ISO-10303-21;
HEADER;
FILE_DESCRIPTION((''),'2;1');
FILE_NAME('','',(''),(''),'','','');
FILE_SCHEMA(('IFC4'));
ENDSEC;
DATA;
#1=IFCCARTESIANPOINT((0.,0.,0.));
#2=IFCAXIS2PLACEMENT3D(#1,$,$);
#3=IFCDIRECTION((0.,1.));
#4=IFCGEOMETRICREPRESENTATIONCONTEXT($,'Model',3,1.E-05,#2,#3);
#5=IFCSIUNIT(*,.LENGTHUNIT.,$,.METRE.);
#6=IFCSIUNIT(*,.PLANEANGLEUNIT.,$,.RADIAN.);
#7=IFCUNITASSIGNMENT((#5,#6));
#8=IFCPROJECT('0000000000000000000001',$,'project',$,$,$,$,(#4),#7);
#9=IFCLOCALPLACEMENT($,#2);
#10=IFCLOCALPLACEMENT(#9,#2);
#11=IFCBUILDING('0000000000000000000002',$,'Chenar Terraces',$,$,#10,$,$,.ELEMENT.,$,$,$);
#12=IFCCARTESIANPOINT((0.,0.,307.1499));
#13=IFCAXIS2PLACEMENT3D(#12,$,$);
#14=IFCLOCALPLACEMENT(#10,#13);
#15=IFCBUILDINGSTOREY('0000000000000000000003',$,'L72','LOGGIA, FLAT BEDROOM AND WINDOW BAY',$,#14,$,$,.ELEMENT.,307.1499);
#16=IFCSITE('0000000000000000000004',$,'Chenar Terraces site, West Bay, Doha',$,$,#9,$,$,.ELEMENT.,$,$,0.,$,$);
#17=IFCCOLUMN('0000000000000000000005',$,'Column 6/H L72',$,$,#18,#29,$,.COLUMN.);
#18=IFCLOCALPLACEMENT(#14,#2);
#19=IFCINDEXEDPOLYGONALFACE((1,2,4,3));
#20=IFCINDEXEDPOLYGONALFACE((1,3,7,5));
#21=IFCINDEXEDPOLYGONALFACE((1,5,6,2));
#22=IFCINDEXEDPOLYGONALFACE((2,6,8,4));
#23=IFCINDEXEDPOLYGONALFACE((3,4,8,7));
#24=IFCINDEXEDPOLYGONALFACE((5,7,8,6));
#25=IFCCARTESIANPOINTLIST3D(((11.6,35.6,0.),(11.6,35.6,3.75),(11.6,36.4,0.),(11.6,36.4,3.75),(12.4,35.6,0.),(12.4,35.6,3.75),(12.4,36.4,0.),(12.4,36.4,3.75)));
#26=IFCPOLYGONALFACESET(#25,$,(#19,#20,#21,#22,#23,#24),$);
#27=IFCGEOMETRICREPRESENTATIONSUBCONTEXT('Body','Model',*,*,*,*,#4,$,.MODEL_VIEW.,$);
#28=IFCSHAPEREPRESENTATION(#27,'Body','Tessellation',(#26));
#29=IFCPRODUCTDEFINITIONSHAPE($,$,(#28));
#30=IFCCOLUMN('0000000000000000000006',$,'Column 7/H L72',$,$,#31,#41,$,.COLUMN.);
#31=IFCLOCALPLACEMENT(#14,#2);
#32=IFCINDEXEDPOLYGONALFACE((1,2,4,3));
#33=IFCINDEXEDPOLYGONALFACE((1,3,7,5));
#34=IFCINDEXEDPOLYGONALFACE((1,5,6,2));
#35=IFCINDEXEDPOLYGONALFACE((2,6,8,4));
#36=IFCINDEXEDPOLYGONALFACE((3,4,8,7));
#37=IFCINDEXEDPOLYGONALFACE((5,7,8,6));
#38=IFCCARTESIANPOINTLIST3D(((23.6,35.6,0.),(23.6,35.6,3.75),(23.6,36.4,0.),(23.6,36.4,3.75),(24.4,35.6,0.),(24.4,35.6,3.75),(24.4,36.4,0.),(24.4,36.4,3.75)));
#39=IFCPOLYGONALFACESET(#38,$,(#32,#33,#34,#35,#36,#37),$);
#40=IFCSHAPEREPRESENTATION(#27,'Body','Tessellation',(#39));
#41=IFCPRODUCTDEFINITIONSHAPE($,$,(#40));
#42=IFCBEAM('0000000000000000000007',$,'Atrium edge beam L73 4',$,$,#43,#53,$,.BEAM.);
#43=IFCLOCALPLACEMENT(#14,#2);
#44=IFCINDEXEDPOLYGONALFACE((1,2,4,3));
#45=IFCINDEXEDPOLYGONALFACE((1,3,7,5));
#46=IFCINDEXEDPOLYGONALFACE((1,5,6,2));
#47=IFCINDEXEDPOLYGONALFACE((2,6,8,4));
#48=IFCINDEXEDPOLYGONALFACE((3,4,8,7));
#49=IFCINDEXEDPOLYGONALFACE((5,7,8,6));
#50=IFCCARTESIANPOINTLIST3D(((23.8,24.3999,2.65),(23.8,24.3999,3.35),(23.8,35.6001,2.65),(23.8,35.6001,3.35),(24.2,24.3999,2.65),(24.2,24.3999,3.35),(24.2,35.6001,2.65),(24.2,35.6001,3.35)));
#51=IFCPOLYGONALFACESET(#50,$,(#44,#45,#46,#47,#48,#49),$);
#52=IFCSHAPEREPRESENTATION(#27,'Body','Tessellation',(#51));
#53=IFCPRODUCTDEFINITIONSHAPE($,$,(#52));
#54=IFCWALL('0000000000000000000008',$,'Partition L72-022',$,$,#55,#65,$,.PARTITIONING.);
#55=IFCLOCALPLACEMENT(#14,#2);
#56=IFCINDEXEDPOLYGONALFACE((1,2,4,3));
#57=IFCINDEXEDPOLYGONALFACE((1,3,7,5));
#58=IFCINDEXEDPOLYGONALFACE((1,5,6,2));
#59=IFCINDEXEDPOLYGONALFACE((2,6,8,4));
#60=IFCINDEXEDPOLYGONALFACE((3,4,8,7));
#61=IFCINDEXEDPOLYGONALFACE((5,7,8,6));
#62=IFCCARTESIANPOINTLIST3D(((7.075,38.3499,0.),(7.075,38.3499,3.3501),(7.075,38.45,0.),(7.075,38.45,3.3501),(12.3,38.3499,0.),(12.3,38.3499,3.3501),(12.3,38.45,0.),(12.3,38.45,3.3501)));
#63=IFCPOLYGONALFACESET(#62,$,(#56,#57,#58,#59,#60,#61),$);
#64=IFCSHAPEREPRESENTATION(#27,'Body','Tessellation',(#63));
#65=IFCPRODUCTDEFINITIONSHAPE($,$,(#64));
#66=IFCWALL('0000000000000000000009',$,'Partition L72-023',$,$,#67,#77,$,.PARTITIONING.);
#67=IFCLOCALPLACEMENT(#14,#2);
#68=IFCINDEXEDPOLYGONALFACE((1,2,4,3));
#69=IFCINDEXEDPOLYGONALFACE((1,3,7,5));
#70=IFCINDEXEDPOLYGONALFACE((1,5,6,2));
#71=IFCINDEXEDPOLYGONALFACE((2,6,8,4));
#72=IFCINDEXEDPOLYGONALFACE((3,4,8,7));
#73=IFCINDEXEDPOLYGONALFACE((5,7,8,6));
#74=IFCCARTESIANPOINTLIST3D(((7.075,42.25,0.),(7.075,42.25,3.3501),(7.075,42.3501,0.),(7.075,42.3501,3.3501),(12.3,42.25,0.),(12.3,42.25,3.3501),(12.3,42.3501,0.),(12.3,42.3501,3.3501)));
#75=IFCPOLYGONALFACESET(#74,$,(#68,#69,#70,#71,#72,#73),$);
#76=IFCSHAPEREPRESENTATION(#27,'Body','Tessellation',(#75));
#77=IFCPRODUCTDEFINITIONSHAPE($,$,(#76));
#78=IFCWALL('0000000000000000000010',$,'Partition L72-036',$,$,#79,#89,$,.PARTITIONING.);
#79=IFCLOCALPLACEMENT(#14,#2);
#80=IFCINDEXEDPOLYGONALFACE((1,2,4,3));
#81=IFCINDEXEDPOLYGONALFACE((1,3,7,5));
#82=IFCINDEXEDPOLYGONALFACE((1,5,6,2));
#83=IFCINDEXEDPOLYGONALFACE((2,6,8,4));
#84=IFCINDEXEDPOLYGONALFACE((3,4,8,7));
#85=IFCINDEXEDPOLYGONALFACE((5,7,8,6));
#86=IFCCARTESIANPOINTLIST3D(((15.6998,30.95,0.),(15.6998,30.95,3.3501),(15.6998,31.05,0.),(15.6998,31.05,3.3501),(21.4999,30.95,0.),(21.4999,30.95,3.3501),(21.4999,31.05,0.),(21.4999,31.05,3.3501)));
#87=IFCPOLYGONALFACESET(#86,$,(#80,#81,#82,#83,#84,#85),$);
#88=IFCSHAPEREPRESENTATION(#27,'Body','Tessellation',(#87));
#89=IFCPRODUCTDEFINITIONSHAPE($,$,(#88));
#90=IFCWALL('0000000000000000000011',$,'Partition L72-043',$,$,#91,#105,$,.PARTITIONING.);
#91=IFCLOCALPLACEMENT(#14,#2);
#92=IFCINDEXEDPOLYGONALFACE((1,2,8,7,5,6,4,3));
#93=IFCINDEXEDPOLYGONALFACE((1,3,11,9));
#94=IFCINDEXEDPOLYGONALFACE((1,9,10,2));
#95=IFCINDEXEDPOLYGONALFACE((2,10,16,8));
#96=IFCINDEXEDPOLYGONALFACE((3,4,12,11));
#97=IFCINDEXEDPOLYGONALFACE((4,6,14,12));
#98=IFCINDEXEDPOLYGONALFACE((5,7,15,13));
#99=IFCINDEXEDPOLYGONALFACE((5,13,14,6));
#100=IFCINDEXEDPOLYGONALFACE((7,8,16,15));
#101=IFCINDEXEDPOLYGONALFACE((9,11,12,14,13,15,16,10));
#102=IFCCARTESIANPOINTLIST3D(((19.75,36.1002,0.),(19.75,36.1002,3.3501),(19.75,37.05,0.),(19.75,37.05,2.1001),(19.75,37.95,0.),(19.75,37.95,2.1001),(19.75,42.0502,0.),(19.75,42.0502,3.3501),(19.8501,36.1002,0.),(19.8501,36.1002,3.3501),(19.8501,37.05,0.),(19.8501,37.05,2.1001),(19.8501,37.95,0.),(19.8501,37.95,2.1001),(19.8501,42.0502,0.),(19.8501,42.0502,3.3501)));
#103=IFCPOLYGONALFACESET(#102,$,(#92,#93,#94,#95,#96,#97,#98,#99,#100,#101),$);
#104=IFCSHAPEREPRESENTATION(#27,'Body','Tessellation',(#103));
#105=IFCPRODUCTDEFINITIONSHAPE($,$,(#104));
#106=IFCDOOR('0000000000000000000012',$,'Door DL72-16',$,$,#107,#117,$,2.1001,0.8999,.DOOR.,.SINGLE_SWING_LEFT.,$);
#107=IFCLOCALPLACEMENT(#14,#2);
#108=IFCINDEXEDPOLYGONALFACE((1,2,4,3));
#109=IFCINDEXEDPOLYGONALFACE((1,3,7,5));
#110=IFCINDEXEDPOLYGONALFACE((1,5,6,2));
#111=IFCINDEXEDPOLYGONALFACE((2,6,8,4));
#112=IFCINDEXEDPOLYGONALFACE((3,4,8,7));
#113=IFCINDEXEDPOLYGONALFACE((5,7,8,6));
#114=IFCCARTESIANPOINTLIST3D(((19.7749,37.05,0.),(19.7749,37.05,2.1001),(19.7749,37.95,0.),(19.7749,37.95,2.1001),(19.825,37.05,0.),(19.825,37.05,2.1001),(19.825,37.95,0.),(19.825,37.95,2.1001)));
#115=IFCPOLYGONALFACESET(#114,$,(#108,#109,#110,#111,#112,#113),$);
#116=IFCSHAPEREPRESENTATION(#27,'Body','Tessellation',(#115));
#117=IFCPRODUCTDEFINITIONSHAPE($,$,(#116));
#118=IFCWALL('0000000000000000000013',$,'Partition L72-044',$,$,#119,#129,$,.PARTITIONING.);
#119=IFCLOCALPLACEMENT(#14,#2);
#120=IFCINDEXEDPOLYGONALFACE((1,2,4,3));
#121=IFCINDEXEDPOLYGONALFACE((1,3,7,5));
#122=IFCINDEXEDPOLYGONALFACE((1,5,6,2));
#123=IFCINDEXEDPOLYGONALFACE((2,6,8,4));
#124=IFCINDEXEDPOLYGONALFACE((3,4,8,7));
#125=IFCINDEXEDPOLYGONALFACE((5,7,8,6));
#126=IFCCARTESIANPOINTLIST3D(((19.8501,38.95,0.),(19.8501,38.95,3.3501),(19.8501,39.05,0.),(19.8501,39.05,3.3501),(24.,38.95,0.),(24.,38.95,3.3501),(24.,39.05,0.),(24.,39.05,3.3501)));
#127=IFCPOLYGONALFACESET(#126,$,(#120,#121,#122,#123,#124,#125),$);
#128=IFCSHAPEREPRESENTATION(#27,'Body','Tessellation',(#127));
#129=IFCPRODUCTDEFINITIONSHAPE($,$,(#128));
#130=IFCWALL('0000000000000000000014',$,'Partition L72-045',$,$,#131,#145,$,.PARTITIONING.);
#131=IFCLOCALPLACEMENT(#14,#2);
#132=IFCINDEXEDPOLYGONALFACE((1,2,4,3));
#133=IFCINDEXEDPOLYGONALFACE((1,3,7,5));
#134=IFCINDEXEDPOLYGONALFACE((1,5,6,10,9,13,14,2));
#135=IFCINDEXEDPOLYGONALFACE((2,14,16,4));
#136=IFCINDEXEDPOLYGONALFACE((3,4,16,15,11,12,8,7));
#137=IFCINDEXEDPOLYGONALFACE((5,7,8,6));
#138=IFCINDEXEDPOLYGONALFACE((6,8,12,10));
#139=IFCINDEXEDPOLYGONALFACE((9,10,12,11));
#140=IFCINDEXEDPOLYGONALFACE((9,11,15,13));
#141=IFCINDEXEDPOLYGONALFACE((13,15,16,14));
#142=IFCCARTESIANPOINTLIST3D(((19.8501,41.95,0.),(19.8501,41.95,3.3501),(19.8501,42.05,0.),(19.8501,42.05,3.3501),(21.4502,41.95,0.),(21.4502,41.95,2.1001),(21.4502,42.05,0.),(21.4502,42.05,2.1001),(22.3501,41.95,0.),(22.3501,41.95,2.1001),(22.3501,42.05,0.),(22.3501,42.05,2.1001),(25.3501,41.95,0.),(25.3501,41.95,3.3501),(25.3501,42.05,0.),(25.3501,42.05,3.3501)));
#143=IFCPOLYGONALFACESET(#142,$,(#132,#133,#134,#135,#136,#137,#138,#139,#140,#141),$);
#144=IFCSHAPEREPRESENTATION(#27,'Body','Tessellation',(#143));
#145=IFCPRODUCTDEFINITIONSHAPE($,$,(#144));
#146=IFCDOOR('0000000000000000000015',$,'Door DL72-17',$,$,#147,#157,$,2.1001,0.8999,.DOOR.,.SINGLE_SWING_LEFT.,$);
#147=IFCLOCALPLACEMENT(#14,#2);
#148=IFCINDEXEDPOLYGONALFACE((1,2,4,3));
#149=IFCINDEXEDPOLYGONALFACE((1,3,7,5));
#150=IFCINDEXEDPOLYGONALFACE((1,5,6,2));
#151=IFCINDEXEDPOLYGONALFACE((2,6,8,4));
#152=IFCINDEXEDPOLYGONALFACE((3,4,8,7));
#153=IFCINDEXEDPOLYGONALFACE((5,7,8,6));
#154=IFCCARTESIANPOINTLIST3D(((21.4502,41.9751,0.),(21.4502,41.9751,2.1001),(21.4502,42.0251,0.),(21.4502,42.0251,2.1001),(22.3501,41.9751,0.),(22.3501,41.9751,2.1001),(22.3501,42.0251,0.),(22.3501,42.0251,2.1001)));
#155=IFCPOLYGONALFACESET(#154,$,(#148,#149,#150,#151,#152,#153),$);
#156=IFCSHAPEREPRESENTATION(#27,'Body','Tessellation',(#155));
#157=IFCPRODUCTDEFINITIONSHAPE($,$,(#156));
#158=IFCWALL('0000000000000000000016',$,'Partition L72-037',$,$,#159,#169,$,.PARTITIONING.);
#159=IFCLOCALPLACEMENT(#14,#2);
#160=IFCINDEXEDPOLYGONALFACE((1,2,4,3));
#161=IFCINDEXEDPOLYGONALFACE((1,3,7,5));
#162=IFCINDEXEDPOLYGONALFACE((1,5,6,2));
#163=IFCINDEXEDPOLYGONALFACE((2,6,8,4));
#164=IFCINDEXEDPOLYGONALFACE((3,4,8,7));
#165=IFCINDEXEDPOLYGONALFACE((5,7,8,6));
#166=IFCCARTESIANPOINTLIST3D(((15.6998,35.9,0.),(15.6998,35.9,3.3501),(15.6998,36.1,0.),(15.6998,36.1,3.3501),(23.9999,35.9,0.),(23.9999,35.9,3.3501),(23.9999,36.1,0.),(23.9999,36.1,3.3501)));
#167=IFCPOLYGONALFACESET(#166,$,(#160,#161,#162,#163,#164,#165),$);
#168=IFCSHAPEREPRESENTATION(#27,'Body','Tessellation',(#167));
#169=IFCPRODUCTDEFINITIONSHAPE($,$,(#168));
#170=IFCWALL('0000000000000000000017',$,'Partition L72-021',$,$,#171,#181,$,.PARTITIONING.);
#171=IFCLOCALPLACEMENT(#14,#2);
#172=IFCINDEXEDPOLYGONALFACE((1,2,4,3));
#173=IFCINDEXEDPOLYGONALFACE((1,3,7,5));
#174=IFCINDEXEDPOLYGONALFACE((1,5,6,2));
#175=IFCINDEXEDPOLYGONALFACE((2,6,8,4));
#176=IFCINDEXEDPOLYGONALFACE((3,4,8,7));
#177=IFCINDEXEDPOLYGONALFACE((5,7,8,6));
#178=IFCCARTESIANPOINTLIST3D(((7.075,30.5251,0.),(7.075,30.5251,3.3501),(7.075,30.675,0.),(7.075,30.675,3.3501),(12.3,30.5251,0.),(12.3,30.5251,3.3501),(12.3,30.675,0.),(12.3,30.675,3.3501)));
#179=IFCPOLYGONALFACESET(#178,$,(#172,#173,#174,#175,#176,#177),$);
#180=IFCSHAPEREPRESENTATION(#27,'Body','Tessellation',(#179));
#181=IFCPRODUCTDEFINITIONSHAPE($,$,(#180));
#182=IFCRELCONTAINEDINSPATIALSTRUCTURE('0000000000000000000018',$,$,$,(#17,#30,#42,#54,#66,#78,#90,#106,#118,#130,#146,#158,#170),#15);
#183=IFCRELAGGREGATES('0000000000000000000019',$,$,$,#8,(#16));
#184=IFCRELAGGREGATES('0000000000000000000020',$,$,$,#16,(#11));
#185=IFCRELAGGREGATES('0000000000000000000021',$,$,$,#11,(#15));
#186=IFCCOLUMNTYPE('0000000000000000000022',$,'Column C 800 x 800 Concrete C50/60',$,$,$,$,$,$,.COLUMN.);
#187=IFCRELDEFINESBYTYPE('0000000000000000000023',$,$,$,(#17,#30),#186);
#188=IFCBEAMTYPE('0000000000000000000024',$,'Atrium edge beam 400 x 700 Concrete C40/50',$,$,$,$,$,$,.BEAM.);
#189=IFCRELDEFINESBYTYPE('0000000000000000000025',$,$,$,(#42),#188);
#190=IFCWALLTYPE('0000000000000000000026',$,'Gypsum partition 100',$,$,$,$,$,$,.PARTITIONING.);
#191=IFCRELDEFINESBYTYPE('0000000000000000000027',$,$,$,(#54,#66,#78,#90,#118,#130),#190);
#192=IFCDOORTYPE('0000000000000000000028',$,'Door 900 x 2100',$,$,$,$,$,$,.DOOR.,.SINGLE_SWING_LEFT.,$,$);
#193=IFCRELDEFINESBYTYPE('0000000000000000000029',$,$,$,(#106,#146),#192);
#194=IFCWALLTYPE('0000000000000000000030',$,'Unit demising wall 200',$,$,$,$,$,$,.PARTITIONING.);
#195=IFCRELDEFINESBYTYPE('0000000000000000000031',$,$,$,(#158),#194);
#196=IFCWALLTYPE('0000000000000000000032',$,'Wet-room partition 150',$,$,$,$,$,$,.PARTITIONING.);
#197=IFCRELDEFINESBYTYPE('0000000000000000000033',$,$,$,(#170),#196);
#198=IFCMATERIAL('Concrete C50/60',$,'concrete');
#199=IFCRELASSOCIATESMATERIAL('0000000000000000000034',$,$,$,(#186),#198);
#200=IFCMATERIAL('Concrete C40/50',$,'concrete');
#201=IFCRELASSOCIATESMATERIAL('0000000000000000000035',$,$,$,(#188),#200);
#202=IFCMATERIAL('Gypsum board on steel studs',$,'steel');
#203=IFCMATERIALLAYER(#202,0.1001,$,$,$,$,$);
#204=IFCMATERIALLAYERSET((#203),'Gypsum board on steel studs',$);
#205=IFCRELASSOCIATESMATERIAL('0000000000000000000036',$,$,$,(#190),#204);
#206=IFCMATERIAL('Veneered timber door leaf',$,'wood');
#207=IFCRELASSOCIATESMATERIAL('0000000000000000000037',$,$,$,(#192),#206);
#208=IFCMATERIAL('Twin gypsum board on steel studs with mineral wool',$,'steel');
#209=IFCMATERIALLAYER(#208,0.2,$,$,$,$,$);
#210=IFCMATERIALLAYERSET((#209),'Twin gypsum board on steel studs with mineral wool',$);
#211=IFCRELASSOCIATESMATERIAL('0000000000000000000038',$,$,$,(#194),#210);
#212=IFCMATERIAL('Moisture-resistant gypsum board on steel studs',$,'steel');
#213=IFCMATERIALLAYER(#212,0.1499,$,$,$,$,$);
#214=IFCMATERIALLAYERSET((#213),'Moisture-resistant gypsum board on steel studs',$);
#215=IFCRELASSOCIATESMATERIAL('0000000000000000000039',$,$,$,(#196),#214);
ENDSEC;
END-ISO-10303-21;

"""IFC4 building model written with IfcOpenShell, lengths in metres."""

from ifc_helpers import new_model, si_unit, direction, frame, frame_2d, origin, origin_2d, place, context, subcontext, project, spatial, rectangle, extrude, material, layer, layer_set, material_profile, profile_set, type_object, element, fill, save


model = new_model("IFC4")

# Units and contexts
model_context = context("Model", 3, precision=1e-05, world=origin(), true_north=direction((0.0, 1.0)))
body_context = subcontext(model_context, "Body", "Model", "MODEL_VIEW")
ifc_project = project(units=[si_unit("LENGTHUNIT", "METRE"), si_unit("PLANEANGLEUNIT", "RADIAN")], contexts=[model_context])

# Site, building, storey
site_placement = place(None, origin())
site = spatial("IfcSite", under=ifc_project, at=site_placement, Name="Chenar Terraces site, West Bay, Doha", CompositionType="ELEMENT", RefElevation=0.0)
building_placement = place(site_placement, origin())
building = spatial("IfcBuilding", under=site, at=building_placement, Name="Chenar Terraces", CompositionType="ELEMENT")
storey_placement = place(building_placement, frame((0.0, 0.0, 307.1499)))
storey = spatial("IfcBuildingStorey", under=building, at=storey_placement, Name="L72", Description="LOGGIA, FLAT BEDROOM AND WINDOW BAY", CompositionType="ELEMENT", Elevation=307.1499)

# Columns
ifc_material_1 = material(Name="Concrete C50/60", Category="concrete")
ifc_material_profile_1 = material_profile(ifc_material_1, rectangle(XDim=0.8, YDim=0.8, at=origin_2d()), Name="C 800 x 800")
ifc_profile_set_1 = profile_set([ifc_material_profile_1], Name="Concrete C50/60")
column_type = type_object("IfcColumnType", Name="Column C 800 x 800 Concrete C50/60", PredefinedType="COLUMN", material=ifc_profile_set_1)
for number, where, z_axis, x_axis, name in (
    (1, (12.0, 36.0, 0.0), (0.0, 0.0, 1.0), (1.0, 0.0, 0.0), "Column 6/H L72"),
    (2, (24.0, 36.0, 0.0), (0.0, 0.0, 1.0), (1.0, 0.0, 0.0), "Column 7/H L72"),
):
    element("IfcColumn", number, at=place(storey_placement, frame(where, z_axis=z_axis, x_axis=x_axis)), inside=storey, type_object=column_type, Name=name, PredefinedType="COLUMN", context=body_context, shape_type="SweptSolid", body=[
        extrude(rectangle(XDim=0.8, YDim=0.8, at=origin_2d()), origin(), (0.0, 0.0, 1.0), 3.75),
    ])

# Beam
ifc_material_2 = material(Name="Concrete C40/50", Category="concrete")
ifc_material_profile_2 = material_profile(ifc_material_2, rectangle(XDim=0.3999, YDim=0.7, at=origin_2d()), Name="RC 400 x 700")
ifc_profile_set_2 = profile_set([ifc_material_profile_2], Name="Concrete C40/50")
beam_type = type_object("IfcBeamType", Name="Atrium edge beam 400 x 700 Concrete C40/50", PredefinedType="BEAM", material=ifc_profile_set_2)
beam_placement = place(storey_placement, frame((24.0, 35.6001, 3.0), z_axis=(0.0, -1.0, 0.0), x_axis=(1.0, 0.0, 0.0)))
element("IfcBeam", 3, at=beam_placement, inside=storey, type_object=beam_type, Name="Atrium edge beam L73 4", PredefinedType="BEAM", context=body_context, shape_type="SweptSolid", body=[
    extrude(rectangle(XDim=0.3999, YDim=0.7, at=origin_2d()), origin(), (0.0, 0.0, 1.0), 11.2002),
])

# Walls
ifc_material_3 = material(Name="Gypsum board on steel studs", Category="steel")
ifc_layer_1 = layer(ifc_material_3, 0.1001)
ifc_layer_set_1 = layer_set([ifc_layer_1], Name="Gypsum board on steel studs")
wall_type_1 = type_object("IfcWallType", Name="Gypsum partition 100", PredefinedType="PARTITIONING", material=ifc_layer_set_1)
for number, where, z_axis, x_axis, name in (
    (4, (7.075, 38.3999, 0.0), (0.0, 0.0, 1.0), (1.0, 0.0, 0.0), "Partition L72-022"),
    (5, (7.075, 42.3, 0.0), (0.0, 0.0, 1.0), (1.0, 0.0, 0.0), "Partition L72-023"),
):
    element("IfcWall", number, at=place(storey_placement, frame(where, z_axis=z_axis, x_axis=x_axis)), inside=storey, type_object=wall_type_1, Name=name, PredefinedType="PARTITIONING", context=body_context, shape_type="SweptSolid", body=[
        extrude(rectangle(XDim=5.2251, YDim=0.1001, at=frame_2d((2.6125, 0.0))), origin(), (0.0, 0.0, 1.0), 3.3501),
    ])
wall_1_placement = place(storey_placement, frame((15.7, 31.0, 0.0), z_axis=(0.0, 0.0, 1.0), x_axis=(1.0, 0.0, 0.0)))
element("IfcWall", 6, at=wall_1_placement, inside=storey, type_object=wall_type_1, Name="Partition L72-036", PredefinedType="PARTITIONING", context=body_context, shape_type="SweptSolid", body=[
    extrude(rectangle(XDim=5.8, YDim=0.1001, at=frame_2d((2.8999, 0.0))), origin(), (0.0, 0.0, 1.0), 3.3501),
])

# Wall, opening, door
wall_2_placement = place(storey_placement, frame((19.8, 36.1001, 0.0), z_axis=(0.0, 0.0, 1.0), x_axis=(0.0, 1.0, 0.0)))
wall_2 = element("IfcWall", 7, at=wall_2_placement, inside=storey, type_object=wall_type_1, Name="Partition L72-043", PredefinedType="PARTITIONING", context=body_context, shape_type="SweptSolid", body=[
    extrude(rectangle(XDim=5.95, YDim=0.1001, at=frame_2d((2.9751, 0.0))), origin(), (0.0, 0.0, 1.0), 3.3501),
])
opening_1_placement = place(wall_2_placement, frame((0.95, 0.0, 0.0)))
opening_1 = element("IfcOpeningElement", 8, at=opening_1_placement, cuts=wall_2, PredefinedType="OPENING", context=body_context, shape_type="SweptSolid", body=[
    extrude(rectangle(XDim=0.8999, YDim=2.1001, at=frame_2d((0.45, 1.05))), frame((0.0, 0.0601, 0.0), z_axis=(0.0, -1.0, 0.0), x_axis=(1.0, 0.0, 0.0)), (0.0, 0.0, 1.0), 0.1201),
])
ifc_material_4 = material(Name="Veneered timber door leaf", Category="wood")
door_type_1 = type_object("IfcDoorType", Name="Door 900 x 2100", OperationType="SINGLE_SWING_LEFT", PredefinedType="DOOR", material=ifc_material_4)
door_1_placement = place(opening_1_placement, frame((0.8999, 0.0, 0.0), z_axis=(0.0, 0.0, 1.0), x_axis=(-1.0, 0.0, 0.0)))
door_1 = element("IfcDoor", 9, at=door_1_placement, inside=storey, type_object=door_type_1, Name="Door DL72-16", OperationType="SINGLE_SWING_LEFT", OverallHeight=2.1001, OverallWidth=0.8999, PredefinedType="DOOR", context=body_context, shape_type="SweptSolid", body=[
    extrude(rectangle(XDim=0.8999, YDim=2.1001, at=frame_2d((0.45, 1.05))), frame((0.0, 0.0249, 0.0), z_axis=(0.0, -1.0, 0.0), x_axis=(1.0, 0.0, 0.0)), (0.0, 0.0, 1.0), 0.05),
])
fill(opening_1, door_1)

# Wall
wall_3_placement = place(storey_placement, frame((19.8501, 39.0, 0.0), z_axis=(0.0, 0.0, 1.0), x_axis=(1.0, 0.0, 0.0)))
element("IfcWall", 10, at=wall_3_placement, inside=storey, type_object=wall_type_1, Name="Partition L72-044", PredefinedType="PARTITIONING", context=body_context, shape_type="SweptSolid", body=[
    extrude(rectangle(XDim=4.1499, YDim=0.1001, at=frame_2d((2.075, 0.0))), origin(), (0.0, 0.0, 1.0), 3.3501),
])

# Wall, opening, door
wall_4_placement = place(storey_placement, frame((19.8501, 42.0, 0.0), z_axis=(0.0, 0.0, 1.0), x_axis=(1.0, 0.0, 0.0)))
wall_4 = element("IfcWall", 11, at=wall_4_placement, inside=storey, type_object=wall_type_1, Name="Partition L72-045", PredefinedType="PARTITIONING", context=body_context, shape_type="SweptSolid", body=[
    extrude(rectangle(XDim=5.5, YDim=0.1001, at=frame_2d((2.75, 0.0))), origin(), (0.0, 0.0, 1.0), 3.3501),
])
opening_2_placement = place(wall_4_placement, frame((1.6001, 0.0, 0.0)))
opening_2 = element("IfcOpeningElement", 12, at=opening_2_placement, cuts=wall_4, PredefinedType="OPENING", context=body_context, shape_type="SweptSolid", body=[
    extrude(rectangle(XDim=0.8999, YDim=2.1001, at=frame_2d((0.45, 1.05))), frame((0.0, 0.0601, 0.0), z_axis=(0.0, -1.0, 0.0), x_axis=(1.0, 0.0, 0.0)), (0.0, 0.0, 1.0), 0.1201),
])
door_2_placement = place(opening_2_placement, frame((0.8999, 0.0, 0.0), z_axis=(0.0, 0.0, 1.0), x_axis=(-1.0, 0.0, 0.0)))
door_2 = element("IfcDoor", 13, at=door_2_placement, inside=storey, type_object=door_type_1, Name="Door DL72-17", OperationType="SINGLE_SWING_LEFT", OverallHeight=2.1001, OverallWidth=0.8999, PredefinedType="DOOR", context=body_context, shape_type="SweptSolid", body=[
    extrude(rectangle(XDim=0.8999, YDim=2.1001, at=frame_2d((0.45, 1.05))), frame((0.0, 0.0249, 0.0), z_axis=(0.0, -1.0, 0.0), x_axis=(1.0, 0.0, 0.0)), (0.0, 0.0, 1.0), 0.05),
])
fill(opening_2, door_2)

# Walls
ifc_material_5 = material(Name="Twin gypsum board on steel studs with mineral wool", Category="steel")
ifc_layer_2 = layer(ifc_material_5, 0.2)
ifc_layer_set_2 = layer_set([ifc_layer_2], Name="Twin gypsum board on steel studs with mineral wool")
wall_type_2 = type_object("IfcWallType", Name="Unit demising wall 200", PredefinedType="PARTITIONING", material=ifc_layer_set_2)
wall_5_placement = place(storey_placement, frame((15.7, 36.0, 0.0), z_axis=(0.0, 0.0, 1.0), x_axis=(1.0, 0.0, 0.0)))
element("IfcWall", 14, at=wall_5_placement, inside=storey, type_object=wall_type_2, Name="Partition L72-037", PredefinedType="PARTITIONING", context=body_context, shape_type="SweptSolid", body=[
    extrude(rectangle(XDim=8.3, YDim=0.2, at=frame_2d((4.1499, 0.0))), origin(), (0.0, 0.0, 1.0), 3.3501),
])
ifc_material_6 = material(Name="Moisture-resistant gypsum board on steel studs", Category="steel")
ifc_layer_3 = layer(ifc_material_6, 0.1499)
ifc_layer_set_3 = layer_set([ifc_layer_3], Name="Moisture-resistant gypsum board on steel studs")
wall_type_3 = type_object("IfcWallType", Name="Wet-room partition 150", PredefinedType="PARTITIONING", material=ifc_layer_set_3)
wall_6_placement = place(storey_placement, frame((7.075, 30.6001, 0.0), z_axis=(0.0, 0.0, 1.0), x_axis=(1.0, 0.0, 0.0)))
element("IfcWall", 15, at=wall_6_placement, inside=storey, type_object=wall_type_3, Name="Partition L72-021", PredefinedType="PARTITIONING", context=body_context, shape_type="SweptSolid", body=[
    extrude(rectangle(XDim=5.2251, YDim=0.1499, at=frame_2d((2.6125, 0.0))), origin(), (0.0, 0.0, 1.0), 3.3501),
])

save(model, "model.ifc")
